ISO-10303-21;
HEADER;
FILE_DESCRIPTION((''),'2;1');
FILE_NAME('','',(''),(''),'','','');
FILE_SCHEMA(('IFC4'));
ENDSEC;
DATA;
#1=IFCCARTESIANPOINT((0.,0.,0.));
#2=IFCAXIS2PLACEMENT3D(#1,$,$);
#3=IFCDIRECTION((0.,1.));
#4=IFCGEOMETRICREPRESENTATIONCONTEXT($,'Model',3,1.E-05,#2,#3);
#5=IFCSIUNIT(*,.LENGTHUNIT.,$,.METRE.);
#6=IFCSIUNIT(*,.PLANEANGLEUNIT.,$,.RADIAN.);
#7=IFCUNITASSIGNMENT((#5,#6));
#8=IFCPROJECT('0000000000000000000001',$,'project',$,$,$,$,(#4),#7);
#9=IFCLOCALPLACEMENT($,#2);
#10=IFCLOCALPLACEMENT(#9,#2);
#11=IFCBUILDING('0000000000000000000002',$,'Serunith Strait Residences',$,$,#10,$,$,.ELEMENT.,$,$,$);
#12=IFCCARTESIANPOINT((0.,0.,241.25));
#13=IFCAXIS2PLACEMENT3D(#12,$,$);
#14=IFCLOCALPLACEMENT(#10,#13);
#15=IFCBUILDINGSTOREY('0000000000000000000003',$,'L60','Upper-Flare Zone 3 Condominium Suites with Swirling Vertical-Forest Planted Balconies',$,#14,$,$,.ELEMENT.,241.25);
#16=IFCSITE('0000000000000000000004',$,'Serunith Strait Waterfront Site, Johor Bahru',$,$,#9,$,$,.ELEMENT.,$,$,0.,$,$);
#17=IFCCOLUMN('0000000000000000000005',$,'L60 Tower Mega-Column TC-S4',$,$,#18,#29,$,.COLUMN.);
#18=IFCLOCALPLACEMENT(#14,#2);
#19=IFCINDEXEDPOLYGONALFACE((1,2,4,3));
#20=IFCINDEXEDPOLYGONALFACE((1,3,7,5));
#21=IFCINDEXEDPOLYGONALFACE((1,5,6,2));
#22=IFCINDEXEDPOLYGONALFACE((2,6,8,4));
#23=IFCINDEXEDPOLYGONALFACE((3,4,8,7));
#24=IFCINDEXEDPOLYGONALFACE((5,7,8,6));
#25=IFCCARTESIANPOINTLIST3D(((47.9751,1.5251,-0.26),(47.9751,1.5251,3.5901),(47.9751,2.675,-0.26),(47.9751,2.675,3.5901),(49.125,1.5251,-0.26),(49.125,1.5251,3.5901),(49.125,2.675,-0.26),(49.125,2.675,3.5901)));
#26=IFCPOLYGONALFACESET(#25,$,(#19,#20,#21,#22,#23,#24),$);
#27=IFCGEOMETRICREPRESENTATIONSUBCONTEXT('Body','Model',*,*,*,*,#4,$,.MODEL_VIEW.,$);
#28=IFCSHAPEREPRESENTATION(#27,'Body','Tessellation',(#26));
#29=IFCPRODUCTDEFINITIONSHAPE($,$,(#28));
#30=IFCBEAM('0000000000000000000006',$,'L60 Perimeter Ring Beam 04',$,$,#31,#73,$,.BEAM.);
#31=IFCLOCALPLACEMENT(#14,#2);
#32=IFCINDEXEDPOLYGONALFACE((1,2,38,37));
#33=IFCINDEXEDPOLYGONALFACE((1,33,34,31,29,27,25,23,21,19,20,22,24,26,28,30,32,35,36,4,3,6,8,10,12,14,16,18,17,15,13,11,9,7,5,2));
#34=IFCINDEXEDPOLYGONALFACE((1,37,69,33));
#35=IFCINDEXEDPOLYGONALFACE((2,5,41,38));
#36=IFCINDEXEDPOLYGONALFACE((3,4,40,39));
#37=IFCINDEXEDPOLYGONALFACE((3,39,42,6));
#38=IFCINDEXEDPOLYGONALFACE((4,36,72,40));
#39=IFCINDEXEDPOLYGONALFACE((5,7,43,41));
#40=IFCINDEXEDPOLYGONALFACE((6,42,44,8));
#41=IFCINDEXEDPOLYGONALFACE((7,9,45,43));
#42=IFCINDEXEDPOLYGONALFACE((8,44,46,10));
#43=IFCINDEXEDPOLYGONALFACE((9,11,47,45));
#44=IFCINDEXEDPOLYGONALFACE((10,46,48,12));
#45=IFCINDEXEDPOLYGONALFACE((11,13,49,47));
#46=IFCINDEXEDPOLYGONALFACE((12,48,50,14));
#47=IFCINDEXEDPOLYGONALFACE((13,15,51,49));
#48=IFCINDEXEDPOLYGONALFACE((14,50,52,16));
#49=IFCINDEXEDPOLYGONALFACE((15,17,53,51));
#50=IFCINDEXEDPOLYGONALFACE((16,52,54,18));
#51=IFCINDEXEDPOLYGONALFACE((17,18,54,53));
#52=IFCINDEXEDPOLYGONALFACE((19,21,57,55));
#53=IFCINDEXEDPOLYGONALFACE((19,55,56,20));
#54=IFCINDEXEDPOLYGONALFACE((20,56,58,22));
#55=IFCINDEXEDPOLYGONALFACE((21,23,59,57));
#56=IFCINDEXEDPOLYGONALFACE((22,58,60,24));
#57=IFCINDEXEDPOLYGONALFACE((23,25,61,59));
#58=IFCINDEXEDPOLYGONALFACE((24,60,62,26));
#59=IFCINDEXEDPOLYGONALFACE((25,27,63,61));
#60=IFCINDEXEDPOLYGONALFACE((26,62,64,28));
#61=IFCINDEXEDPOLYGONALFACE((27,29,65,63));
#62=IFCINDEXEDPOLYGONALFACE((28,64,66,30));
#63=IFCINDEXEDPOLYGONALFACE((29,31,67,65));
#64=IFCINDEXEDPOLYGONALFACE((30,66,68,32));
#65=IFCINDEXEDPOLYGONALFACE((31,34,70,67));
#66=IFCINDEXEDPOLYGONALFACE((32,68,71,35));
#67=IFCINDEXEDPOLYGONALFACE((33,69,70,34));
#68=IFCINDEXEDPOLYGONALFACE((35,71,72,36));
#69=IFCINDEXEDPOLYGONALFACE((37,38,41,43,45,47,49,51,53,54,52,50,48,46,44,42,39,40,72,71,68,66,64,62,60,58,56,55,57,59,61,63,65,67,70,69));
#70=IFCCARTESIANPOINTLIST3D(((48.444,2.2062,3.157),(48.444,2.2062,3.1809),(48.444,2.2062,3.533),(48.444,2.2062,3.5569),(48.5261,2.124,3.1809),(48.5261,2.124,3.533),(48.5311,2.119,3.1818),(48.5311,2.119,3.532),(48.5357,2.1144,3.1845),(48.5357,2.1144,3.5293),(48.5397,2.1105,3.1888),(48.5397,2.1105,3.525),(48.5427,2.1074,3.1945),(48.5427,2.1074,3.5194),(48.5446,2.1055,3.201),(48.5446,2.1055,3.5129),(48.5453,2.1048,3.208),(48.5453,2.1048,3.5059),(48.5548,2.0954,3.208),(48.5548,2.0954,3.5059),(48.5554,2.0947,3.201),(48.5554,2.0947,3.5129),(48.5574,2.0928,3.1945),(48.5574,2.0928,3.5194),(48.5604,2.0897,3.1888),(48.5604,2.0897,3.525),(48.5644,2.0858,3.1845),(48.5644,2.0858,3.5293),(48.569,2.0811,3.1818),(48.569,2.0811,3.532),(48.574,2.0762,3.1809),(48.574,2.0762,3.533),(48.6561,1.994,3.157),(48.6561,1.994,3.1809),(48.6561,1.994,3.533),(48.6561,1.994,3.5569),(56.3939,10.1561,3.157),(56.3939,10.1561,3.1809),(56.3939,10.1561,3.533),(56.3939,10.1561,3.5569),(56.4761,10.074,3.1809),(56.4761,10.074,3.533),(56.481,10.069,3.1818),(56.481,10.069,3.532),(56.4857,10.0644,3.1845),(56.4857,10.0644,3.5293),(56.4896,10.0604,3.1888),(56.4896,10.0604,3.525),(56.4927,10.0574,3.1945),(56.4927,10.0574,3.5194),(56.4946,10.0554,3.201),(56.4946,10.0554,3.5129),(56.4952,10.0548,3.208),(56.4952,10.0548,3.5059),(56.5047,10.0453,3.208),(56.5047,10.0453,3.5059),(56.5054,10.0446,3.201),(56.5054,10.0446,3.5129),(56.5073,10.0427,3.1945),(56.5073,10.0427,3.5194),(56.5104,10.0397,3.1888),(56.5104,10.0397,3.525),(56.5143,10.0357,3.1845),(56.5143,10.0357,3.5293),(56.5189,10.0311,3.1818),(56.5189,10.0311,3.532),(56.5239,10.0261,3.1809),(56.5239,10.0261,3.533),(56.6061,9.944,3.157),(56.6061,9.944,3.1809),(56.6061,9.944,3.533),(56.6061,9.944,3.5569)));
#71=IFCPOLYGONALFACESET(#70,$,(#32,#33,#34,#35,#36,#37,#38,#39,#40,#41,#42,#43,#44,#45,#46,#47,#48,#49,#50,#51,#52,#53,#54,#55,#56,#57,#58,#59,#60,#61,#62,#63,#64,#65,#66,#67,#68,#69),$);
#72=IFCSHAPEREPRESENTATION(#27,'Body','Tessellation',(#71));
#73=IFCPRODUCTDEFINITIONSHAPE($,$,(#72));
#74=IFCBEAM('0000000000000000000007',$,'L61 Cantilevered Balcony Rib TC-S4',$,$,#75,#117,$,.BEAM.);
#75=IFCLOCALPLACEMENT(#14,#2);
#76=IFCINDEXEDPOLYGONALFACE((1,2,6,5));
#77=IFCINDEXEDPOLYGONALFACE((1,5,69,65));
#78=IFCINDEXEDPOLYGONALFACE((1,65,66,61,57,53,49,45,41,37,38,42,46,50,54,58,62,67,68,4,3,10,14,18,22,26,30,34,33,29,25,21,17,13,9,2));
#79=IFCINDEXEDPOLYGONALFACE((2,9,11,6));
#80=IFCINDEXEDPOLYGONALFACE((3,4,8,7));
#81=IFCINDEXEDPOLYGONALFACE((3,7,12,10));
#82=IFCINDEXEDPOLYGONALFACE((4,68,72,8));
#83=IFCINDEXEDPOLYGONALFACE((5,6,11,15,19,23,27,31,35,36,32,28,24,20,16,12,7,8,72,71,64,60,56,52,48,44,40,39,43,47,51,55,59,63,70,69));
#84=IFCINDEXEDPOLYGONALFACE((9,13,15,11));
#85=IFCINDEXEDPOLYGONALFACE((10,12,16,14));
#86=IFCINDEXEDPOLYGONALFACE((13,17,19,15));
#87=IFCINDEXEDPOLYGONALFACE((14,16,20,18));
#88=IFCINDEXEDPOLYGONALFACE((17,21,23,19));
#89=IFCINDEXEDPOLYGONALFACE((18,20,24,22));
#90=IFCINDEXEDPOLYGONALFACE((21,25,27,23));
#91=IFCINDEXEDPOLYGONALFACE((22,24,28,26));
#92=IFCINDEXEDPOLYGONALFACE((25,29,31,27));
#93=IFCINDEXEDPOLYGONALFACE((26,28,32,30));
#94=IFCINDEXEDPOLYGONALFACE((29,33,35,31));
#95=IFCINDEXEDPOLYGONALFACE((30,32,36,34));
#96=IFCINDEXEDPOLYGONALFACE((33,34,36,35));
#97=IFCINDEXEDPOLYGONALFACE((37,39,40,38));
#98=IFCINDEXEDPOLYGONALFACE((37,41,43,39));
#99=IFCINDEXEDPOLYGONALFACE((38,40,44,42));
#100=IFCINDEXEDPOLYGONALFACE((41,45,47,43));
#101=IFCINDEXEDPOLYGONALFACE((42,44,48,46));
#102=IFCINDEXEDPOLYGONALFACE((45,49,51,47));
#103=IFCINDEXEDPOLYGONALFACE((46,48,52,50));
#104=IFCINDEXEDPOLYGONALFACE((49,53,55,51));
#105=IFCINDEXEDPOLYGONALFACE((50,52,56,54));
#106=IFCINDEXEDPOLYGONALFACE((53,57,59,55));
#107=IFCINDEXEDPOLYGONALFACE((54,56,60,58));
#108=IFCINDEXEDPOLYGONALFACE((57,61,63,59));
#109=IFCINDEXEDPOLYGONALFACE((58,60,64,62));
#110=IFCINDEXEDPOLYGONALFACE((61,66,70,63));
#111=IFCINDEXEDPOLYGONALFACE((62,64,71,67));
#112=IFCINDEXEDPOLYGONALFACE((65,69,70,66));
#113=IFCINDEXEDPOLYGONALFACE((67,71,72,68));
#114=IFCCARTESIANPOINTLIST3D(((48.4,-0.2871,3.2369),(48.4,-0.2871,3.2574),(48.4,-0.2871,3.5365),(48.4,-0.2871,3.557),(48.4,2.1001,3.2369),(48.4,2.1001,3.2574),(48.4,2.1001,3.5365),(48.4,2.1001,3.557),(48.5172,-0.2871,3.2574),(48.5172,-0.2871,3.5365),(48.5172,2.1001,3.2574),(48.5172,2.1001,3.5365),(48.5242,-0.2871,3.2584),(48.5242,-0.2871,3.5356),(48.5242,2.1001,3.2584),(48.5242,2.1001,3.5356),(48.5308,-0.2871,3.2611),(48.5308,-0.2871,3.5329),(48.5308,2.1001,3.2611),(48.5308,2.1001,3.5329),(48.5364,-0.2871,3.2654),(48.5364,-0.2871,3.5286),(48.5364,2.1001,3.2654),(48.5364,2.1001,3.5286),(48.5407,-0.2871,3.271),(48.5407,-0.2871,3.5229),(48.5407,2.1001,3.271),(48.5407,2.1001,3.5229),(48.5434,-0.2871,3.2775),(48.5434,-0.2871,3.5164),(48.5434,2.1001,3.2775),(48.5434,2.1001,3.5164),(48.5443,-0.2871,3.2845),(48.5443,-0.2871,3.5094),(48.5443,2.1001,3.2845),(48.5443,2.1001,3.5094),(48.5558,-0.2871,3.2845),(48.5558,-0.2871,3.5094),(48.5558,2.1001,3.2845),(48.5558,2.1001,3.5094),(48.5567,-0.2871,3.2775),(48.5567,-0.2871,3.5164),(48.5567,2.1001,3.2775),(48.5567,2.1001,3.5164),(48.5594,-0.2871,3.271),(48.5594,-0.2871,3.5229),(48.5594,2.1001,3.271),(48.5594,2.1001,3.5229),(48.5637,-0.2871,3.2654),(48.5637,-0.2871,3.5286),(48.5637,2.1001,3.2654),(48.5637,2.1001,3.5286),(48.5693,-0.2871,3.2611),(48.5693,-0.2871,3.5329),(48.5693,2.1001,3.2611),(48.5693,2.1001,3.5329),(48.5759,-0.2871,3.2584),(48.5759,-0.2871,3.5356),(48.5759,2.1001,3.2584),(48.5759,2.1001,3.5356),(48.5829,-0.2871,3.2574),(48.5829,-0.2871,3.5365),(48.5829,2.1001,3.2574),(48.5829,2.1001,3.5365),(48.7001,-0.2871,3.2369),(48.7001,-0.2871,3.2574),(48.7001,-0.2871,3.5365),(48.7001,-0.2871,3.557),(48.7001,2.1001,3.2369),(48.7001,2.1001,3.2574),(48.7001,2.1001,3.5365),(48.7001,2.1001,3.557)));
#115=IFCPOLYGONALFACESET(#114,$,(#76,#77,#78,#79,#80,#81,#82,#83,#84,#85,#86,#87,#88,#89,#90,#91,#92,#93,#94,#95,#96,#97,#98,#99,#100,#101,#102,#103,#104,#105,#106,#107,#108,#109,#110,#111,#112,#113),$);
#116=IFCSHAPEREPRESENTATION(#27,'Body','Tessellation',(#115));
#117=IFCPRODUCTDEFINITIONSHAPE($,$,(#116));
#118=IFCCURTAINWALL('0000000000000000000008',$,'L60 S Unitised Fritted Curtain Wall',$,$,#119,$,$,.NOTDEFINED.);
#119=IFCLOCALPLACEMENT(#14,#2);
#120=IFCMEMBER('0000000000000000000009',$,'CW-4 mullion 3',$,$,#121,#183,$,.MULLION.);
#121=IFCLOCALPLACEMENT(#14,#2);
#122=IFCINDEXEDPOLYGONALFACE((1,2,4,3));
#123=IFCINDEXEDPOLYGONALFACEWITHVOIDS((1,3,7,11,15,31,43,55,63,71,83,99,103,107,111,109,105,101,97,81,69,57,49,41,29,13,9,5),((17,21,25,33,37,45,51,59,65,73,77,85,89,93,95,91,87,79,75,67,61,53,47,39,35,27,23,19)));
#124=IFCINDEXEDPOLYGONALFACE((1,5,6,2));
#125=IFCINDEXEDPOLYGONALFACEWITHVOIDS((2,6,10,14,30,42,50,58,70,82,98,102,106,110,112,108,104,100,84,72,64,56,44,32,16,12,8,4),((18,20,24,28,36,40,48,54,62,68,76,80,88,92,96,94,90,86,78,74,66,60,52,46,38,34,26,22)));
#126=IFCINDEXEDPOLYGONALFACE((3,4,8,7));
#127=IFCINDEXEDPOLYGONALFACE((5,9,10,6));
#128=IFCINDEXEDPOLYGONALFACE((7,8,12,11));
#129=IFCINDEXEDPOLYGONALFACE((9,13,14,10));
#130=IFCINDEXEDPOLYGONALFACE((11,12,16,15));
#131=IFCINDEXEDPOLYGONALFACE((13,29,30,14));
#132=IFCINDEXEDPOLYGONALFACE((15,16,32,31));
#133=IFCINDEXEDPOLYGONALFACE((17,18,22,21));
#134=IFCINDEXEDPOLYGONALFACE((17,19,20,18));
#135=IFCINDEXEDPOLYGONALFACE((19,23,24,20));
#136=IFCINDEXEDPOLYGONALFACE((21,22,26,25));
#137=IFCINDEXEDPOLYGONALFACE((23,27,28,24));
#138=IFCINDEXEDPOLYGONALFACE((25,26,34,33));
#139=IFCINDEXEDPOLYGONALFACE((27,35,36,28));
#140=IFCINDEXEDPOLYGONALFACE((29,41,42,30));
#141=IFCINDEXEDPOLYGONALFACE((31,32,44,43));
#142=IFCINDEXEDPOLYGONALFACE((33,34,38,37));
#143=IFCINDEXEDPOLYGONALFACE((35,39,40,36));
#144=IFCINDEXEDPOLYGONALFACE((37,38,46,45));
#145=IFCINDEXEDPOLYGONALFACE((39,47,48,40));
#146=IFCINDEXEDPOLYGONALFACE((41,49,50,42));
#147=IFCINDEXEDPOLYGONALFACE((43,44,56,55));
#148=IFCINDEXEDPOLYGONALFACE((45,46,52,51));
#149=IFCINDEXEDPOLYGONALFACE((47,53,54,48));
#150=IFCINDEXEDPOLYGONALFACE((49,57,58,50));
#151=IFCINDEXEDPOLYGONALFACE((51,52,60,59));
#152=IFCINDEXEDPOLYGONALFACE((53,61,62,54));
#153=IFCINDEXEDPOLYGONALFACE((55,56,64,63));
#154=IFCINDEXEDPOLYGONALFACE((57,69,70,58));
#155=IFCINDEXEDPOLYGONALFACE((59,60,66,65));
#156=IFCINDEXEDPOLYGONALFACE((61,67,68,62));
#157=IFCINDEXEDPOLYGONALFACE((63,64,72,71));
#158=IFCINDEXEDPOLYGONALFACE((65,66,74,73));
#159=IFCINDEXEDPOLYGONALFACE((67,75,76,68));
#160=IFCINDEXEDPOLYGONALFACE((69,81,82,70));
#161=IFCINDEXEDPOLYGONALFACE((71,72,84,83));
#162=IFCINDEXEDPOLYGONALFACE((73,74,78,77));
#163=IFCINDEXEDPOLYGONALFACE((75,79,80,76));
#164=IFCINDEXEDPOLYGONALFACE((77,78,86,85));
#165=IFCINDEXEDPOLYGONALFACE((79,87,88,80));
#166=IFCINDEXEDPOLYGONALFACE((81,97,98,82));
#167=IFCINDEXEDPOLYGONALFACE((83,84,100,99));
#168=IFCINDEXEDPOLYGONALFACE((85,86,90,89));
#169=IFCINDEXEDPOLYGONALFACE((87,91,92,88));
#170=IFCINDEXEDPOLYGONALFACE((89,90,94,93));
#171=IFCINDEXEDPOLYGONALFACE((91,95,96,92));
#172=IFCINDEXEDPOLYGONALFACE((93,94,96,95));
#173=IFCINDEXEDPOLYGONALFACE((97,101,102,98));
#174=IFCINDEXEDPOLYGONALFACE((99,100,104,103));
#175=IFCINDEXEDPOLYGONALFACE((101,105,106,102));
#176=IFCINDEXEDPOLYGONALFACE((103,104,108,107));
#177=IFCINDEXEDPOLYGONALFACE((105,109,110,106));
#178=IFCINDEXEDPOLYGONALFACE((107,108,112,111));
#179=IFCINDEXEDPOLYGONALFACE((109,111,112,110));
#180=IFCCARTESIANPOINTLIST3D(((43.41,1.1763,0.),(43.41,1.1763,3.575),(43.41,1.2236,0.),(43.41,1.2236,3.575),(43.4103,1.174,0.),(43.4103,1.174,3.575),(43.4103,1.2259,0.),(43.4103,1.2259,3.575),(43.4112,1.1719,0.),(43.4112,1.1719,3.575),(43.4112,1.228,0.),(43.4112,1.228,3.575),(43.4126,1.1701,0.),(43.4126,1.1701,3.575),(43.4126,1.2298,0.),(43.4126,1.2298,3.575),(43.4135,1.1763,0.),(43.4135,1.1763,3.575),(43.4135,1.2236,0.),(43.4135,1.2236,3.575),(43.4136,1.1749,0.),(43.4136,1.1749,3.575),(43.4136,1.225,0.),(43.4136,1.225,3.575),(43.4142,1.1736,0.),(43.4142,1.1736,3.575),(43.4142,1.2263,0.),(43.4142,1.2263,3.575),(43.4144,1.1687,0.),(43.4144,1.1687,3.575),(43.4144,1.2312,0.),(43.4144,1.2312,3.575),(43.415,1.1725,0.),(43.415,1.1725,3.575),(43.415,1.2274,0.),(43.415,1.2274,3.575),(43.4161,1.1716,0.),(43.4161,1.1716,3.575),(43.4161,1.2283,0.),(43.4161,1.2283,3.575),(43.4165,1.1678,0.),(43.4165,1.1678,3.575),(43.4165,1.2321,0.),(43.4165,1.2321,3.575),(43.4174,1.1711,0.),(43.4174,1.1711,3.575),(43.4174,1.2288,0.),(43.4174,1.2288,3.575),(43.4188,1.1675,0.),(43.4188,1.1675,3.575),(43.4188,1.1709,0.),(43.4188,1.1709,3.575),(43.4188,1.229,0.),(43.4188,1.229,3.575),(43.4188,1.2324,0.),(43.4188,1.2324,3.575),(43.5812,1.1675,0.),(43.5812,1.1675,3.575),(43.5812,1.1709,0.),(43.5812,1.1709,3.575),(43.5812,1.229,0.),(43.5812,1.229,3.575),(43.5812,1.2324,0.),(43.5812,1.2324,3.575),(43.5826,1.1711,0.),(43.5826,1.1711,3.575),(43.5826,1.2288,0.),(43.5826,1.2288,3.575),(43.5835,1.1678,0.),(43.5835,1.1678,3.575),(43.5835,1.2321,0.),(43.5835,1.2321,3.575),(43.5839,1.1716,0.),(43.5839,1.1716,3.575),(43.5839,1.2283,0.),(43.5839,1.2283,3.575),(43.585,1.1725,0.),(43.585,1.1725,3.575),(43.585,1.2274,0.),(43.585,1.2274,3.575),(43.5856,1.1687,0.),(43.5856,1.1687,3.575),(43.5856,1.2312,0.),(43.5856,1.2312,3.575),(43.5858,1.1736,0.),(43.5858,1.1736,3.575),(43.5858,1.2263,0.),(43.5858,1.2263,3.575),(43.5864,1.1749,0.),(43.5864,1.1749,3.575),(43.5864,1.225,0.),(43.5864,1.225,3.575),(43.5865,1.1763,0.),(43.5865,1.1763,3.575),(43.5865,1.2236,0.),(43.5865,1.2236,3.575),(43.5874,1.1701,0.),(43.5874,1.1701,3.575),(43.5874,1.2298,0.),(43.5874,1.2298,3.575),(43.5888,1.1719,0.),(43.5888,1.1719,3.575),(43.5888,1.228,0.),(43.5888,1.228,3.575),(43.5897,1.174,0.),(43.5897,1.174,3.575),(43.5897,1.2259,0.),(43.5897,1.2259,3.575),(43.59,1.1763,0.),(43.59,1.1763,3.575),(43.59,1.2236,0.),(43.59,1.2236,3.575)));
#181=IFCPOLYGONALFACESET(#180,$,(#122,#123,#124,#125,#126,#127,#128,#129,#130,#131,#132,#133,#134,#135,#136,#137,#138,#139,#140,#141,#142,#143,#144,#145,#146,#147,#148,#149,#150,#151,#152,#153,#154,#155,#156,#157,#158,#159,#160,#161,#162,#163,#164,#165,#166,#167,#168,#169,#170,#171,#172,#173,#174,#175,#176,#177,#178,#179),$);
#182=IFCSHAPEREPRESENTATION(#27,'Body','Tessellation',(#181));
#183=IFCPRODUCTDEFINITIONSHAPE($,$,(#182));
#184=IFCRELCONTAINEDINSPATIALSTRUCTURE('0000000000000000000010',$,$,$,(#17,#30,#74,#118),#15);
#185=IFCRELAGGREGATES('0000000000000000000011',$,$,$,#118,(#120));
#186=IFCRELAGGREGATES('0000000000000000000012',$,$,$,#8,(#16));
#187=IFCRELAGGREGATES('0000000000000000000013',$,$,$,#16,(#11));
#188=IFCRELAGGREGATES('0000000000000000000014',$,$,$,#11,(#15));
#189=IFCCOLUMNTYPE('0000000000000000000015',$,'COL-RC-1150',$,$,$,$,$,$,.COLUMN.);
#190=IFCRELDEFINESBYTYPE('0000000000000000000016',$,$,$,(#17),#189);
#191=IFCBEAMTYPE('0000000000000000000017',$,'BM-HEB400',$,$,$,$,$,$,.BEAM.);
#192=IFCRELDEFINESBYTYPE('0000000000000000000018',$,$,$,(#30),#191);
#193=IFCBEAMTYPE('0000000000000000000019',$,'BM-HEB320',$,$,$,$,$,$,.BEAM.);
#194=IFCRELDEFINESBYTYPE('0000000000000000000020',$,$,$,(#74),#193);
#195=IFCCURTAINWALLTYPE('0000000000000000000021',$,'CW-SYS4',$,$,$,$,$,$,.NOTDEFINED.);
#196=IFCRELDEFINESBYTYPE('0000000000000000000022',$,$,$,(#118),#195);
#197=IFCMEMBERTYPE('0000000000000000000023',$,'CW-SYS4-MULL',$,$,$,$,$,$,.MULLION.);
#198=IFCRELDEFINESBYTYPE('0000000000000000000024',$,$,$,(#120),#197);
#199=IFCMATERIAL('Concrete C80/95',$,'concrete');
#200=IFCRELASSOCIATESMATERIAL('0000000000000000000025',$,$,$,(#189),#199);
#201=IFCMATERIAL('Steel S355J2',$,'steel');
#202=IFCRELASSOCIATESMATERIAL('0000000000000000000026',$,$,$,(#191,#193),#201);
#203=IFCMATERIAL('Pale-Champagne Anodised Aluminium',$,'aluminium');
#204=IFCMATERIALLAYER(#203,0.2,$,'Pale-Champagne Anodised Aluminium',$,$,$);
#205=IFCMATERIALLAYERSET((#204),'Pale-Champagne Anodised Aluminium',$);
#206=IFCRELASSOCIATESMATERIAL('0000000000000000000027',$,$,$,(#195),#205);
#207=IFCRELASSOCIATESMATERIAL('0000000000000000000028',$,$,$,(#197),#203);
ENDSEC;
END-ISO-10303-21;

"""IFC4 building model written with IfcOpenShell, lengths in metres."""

from ifc_helpers import new_model, si_unit, direction, frame, origin, origin_2d, place, context, subcontext, project, spatial, rectangle, hollow_rectangle, i_section, extrude, source, transform, mapped, material, layer, layer_set, material_profile, profile_set, type_object, element, aggregate, save


model = new_model("IFC4")

# Units and contexts
model_context = context("Model", 3, precision=1e-05, world=origin(), true_north=direction((0.0, 1.0)))
body_context = subcontext(model_context, "Body", "Model", "MODEL_VIEW")
ifc_project = project(units=[si_unit("LENGTHUNIT", "METRE"), si_unit("PLANEANGLEUNIT", "RADIAN")], contexts=[model_context])

# Site, building, storey
site_placement = place(None, origin())
site = spatial("IfcSite", under=ifc_project, at=site_placement, Name="Serunith Strait Waterfront Site, Johor Bahru", CompositionType="ELEMENT", RefElevation=0.0)
building_placement = place(site_placement, origin())
building = spatial("IfcBuilding", under=site, at=building_placement, Name="Serunith Strait Residences", CompositionType="ELEMENT")
storey_placement = place(building_placement, frame((0.0, 0.0, 241.25)))
storey = spatial("IfcBuildingStorey", under=building, at=storey_placement, Name="L60", Description="Upper-Flare Zone 3 Condominium Suites with Swirling Vertical-Forest Planted Balconies", CompositionType="ELEMENT", Elevation=241.25)

# Column
ifc_material_1 = material(Name="Concrete C80/95", Category="concrete")
ifc_material_profile_1 = material_profile(ifc_material_1, rectangle(XDim=1.1499, YDim=1.1499, at=origin_2d()), Name="RC 1150x1150")
ifc_profile_set_1 = profile_set([ifc_material_profile_1], Name="Concrete C80/95")
column_type = type_object("IfcColumnType", Name="COL-RC-1150", PredefinedType="COLUMN", material=ifc_profile_set_1)
shared_shape_1 = source(origin(), body_context, "Body", "SweptSolid", [
    extrude(rectangle(XDim=1.1499, YDim=1.1499, at=origin_2d()), origin(), (0.0, 0.0, 1.0), 3.8501),
])
column_placement = place(storey_placement, frame((48.55, 2.1001, -0.26), z_axis=(0.0, 0.0, 1.0), x_axis=(1.0, 0.0, 0.0)))
element("IfcColumn", 1, at=column_placement, inside=storey, type_object=column_type, Name="L60 Tower Mega-Column TC-S4", PredefinedType="COLUMN", context=body_context, shape_type="MappedRepresentation", body=[
    mapped(shared_shape_1, transform((0.0, 0.0, 0.0), scale=1.0)),
])

# Beams
ifc_material_2 = material(Name="Steel S355J2", Category="steel")
ifc_material_profile_2 = material_profile(ifc_material_2, i_section(OverallWidth=0.3, OverallDepth=0.3999, WebThickness=0.0134, FlangeThickness=0.0239, FilletRadius=0.0271, at=origin_2d()), Name="HEB 400")
ifc_profile_set_2 = profile_set([ifc_material_profile_2], Name="Steel S355J2")
beam_type_1 = type_object("IfcBeamType", Name="BM-HEB400", PredefinedType="BEAM", material=ifc_profile_set_2)
shared_shape_2 = source(origin(), body_context, "Body", "SweptSolid", [
    extrude(i_section(OverallWidth=0.3, OverallDepth=0.3999, WebThickness=0.0134, FlangeThickness=0.0239, FilletRadius=0.0271, at=origin_2d()), origin(), (0.0, 0.0, 1.0), 11.2429),
])
beam_1_placement = place(storey_placement, frame((48.55, 2.1001, 3.3569), z_axis=(0.707107, 0.707107, 0.0), x_axis=(-0.707107, 0.707107, 0.0)))
element("IfcBeam", 2, at=beam_1_placement, inside=storey, type_object=beam_type_1, Name="L60 Perimeter Ring Beam 04", PredefinedType="BEAM", context=body_context, shape_type="MappedRepresentation", body=[
    mapped(shared_shape_2, transform((0.0, 0.0, 0.0), scale=1.0)),
])
ifc_material_profile_3 = material_profile(ifc_material_2, i_section(OverallWidth=0.3, OverallDepth=0.3201, WebThickness=0.0115, FlangeThickness=0.0205, FilletRadius=0.0271, at=origin_2d()), Name="HEB 320")
ifc_profile_set_3 = profile_set([ifc_material_profile_3], Name="Steel S355J2")
beam_type_2 = type_object("IfcBeamType", Name="BM-HEB320", PredefinedType="BEAM", material=ifc_profile_set_3)
shared_shape_3 = source(origin(), body_context, "Body", "SweptSolid", [
    extrude(i_section(OverallWidth=0.3, OverallDepth=0.3201, WebThickness=0.0115, FlangeThickness=0.0205, FilletRadius=0.0271, at=origin_2d()), origin(), (0.0, 0.0, 1.0), 2.3872),
])
beam_2_placement = place(storey_placement, frame((48.55, 2.1001, 3.397), z_axis=(0.0, -1.0, 0.0), x_axis=(1.0, 0.0, 0.0)))
element("IfcBeam", 3, at=beam_2_placement, inside=storey, type_object=beam_type_2, Name="L61 Cantilevered Balcony Rib TC-S4", PredefinedType="BEAM", context=body_context, shape_type="MappedRepresentation", body=[
    mapped(shared_shape_3, transform((0.0, 0.0, 0.0), scale=1.0)),
])

# Curtain wall, member
ifc_material_3 = material(Name="Pale-Champagne Anodised Aluminium", Category="aluminium")
ifc_layer_1 = layer(ifc_material_3, 0.2, Name="Pale-Champagne Anodised Aluminium")
ifc_layer_set_1 = layer_set([ifc_layer_1], Name="Pale-Champagne Anodised Aluminium")
curtain_wall_type = type_object("IfcCurtainWallType", Name="CW-SYS4", PredefinedType="NOTDEFINED", material=ifc_layer_set_1)
curtain_wall_1_placement = place(storey_placement, origin())
curtain_wall_1 = element("IfcCurtainWall", 4, at=curtain_wall_1_placement, inside=storey, type_object=curtain_wall_type, Name="L60 S Unitised Fritted Curtain Wall", PredefinedType="NOTDEFINED")
ifc_material_profile_4 = material_profile(ifc_material_3, hollow_rectangle(XDim=0.0649, YDim=0.1799, WallThickness=0.0034, InnerFilletRadius=0.0054, OuterFilletRadius=0.0088, at=origin_2d()), Name="ALU 180x65x3.5")
ifc_profile_set_4 = profile_set([ifc_material_profile_4], Name="Pale-Champagne Anodised Aluminium")
member_type_1 = type_object("IfcMemberType", Name="CW-SYS4-MULL", PredefinedType="MULLION", material=ifc_profile_set_4)
shared_shape_4 = source(origin(), body_context, "Body", "SweptSolid", [
    extrude(hollow_rectangle(XDim=0.0649, YDim=0.1799, WallThickness=0.0034, InnerFilletRadius=0.0054, OuterFilletRadius=0.0088, at=origin_2d()), origin(), (0.0, 0.0, 1.0), 3.575),
])
member_1_placement = place(storey_placement, frame((43.5, 1.2, 0.0), z_axis=(0.0, 0.0, 1.0), x_axis=(0.0, 1.0, 0.0)))
member_1 = element("IfcMember", 5, at=member_1_placement, type_object=member_type_1, Name="CW-4 mullion 3", PredefinedType="MULLION", context=body_context, shape_type="MappedRepresentation", body=[
    mapped(shared_shape_4, transform((0.0, 0.0, 0.0), scale=1.0)),
])

aggregate(curtain_wall_1, [member_1])

save(model, "model.ifc")
